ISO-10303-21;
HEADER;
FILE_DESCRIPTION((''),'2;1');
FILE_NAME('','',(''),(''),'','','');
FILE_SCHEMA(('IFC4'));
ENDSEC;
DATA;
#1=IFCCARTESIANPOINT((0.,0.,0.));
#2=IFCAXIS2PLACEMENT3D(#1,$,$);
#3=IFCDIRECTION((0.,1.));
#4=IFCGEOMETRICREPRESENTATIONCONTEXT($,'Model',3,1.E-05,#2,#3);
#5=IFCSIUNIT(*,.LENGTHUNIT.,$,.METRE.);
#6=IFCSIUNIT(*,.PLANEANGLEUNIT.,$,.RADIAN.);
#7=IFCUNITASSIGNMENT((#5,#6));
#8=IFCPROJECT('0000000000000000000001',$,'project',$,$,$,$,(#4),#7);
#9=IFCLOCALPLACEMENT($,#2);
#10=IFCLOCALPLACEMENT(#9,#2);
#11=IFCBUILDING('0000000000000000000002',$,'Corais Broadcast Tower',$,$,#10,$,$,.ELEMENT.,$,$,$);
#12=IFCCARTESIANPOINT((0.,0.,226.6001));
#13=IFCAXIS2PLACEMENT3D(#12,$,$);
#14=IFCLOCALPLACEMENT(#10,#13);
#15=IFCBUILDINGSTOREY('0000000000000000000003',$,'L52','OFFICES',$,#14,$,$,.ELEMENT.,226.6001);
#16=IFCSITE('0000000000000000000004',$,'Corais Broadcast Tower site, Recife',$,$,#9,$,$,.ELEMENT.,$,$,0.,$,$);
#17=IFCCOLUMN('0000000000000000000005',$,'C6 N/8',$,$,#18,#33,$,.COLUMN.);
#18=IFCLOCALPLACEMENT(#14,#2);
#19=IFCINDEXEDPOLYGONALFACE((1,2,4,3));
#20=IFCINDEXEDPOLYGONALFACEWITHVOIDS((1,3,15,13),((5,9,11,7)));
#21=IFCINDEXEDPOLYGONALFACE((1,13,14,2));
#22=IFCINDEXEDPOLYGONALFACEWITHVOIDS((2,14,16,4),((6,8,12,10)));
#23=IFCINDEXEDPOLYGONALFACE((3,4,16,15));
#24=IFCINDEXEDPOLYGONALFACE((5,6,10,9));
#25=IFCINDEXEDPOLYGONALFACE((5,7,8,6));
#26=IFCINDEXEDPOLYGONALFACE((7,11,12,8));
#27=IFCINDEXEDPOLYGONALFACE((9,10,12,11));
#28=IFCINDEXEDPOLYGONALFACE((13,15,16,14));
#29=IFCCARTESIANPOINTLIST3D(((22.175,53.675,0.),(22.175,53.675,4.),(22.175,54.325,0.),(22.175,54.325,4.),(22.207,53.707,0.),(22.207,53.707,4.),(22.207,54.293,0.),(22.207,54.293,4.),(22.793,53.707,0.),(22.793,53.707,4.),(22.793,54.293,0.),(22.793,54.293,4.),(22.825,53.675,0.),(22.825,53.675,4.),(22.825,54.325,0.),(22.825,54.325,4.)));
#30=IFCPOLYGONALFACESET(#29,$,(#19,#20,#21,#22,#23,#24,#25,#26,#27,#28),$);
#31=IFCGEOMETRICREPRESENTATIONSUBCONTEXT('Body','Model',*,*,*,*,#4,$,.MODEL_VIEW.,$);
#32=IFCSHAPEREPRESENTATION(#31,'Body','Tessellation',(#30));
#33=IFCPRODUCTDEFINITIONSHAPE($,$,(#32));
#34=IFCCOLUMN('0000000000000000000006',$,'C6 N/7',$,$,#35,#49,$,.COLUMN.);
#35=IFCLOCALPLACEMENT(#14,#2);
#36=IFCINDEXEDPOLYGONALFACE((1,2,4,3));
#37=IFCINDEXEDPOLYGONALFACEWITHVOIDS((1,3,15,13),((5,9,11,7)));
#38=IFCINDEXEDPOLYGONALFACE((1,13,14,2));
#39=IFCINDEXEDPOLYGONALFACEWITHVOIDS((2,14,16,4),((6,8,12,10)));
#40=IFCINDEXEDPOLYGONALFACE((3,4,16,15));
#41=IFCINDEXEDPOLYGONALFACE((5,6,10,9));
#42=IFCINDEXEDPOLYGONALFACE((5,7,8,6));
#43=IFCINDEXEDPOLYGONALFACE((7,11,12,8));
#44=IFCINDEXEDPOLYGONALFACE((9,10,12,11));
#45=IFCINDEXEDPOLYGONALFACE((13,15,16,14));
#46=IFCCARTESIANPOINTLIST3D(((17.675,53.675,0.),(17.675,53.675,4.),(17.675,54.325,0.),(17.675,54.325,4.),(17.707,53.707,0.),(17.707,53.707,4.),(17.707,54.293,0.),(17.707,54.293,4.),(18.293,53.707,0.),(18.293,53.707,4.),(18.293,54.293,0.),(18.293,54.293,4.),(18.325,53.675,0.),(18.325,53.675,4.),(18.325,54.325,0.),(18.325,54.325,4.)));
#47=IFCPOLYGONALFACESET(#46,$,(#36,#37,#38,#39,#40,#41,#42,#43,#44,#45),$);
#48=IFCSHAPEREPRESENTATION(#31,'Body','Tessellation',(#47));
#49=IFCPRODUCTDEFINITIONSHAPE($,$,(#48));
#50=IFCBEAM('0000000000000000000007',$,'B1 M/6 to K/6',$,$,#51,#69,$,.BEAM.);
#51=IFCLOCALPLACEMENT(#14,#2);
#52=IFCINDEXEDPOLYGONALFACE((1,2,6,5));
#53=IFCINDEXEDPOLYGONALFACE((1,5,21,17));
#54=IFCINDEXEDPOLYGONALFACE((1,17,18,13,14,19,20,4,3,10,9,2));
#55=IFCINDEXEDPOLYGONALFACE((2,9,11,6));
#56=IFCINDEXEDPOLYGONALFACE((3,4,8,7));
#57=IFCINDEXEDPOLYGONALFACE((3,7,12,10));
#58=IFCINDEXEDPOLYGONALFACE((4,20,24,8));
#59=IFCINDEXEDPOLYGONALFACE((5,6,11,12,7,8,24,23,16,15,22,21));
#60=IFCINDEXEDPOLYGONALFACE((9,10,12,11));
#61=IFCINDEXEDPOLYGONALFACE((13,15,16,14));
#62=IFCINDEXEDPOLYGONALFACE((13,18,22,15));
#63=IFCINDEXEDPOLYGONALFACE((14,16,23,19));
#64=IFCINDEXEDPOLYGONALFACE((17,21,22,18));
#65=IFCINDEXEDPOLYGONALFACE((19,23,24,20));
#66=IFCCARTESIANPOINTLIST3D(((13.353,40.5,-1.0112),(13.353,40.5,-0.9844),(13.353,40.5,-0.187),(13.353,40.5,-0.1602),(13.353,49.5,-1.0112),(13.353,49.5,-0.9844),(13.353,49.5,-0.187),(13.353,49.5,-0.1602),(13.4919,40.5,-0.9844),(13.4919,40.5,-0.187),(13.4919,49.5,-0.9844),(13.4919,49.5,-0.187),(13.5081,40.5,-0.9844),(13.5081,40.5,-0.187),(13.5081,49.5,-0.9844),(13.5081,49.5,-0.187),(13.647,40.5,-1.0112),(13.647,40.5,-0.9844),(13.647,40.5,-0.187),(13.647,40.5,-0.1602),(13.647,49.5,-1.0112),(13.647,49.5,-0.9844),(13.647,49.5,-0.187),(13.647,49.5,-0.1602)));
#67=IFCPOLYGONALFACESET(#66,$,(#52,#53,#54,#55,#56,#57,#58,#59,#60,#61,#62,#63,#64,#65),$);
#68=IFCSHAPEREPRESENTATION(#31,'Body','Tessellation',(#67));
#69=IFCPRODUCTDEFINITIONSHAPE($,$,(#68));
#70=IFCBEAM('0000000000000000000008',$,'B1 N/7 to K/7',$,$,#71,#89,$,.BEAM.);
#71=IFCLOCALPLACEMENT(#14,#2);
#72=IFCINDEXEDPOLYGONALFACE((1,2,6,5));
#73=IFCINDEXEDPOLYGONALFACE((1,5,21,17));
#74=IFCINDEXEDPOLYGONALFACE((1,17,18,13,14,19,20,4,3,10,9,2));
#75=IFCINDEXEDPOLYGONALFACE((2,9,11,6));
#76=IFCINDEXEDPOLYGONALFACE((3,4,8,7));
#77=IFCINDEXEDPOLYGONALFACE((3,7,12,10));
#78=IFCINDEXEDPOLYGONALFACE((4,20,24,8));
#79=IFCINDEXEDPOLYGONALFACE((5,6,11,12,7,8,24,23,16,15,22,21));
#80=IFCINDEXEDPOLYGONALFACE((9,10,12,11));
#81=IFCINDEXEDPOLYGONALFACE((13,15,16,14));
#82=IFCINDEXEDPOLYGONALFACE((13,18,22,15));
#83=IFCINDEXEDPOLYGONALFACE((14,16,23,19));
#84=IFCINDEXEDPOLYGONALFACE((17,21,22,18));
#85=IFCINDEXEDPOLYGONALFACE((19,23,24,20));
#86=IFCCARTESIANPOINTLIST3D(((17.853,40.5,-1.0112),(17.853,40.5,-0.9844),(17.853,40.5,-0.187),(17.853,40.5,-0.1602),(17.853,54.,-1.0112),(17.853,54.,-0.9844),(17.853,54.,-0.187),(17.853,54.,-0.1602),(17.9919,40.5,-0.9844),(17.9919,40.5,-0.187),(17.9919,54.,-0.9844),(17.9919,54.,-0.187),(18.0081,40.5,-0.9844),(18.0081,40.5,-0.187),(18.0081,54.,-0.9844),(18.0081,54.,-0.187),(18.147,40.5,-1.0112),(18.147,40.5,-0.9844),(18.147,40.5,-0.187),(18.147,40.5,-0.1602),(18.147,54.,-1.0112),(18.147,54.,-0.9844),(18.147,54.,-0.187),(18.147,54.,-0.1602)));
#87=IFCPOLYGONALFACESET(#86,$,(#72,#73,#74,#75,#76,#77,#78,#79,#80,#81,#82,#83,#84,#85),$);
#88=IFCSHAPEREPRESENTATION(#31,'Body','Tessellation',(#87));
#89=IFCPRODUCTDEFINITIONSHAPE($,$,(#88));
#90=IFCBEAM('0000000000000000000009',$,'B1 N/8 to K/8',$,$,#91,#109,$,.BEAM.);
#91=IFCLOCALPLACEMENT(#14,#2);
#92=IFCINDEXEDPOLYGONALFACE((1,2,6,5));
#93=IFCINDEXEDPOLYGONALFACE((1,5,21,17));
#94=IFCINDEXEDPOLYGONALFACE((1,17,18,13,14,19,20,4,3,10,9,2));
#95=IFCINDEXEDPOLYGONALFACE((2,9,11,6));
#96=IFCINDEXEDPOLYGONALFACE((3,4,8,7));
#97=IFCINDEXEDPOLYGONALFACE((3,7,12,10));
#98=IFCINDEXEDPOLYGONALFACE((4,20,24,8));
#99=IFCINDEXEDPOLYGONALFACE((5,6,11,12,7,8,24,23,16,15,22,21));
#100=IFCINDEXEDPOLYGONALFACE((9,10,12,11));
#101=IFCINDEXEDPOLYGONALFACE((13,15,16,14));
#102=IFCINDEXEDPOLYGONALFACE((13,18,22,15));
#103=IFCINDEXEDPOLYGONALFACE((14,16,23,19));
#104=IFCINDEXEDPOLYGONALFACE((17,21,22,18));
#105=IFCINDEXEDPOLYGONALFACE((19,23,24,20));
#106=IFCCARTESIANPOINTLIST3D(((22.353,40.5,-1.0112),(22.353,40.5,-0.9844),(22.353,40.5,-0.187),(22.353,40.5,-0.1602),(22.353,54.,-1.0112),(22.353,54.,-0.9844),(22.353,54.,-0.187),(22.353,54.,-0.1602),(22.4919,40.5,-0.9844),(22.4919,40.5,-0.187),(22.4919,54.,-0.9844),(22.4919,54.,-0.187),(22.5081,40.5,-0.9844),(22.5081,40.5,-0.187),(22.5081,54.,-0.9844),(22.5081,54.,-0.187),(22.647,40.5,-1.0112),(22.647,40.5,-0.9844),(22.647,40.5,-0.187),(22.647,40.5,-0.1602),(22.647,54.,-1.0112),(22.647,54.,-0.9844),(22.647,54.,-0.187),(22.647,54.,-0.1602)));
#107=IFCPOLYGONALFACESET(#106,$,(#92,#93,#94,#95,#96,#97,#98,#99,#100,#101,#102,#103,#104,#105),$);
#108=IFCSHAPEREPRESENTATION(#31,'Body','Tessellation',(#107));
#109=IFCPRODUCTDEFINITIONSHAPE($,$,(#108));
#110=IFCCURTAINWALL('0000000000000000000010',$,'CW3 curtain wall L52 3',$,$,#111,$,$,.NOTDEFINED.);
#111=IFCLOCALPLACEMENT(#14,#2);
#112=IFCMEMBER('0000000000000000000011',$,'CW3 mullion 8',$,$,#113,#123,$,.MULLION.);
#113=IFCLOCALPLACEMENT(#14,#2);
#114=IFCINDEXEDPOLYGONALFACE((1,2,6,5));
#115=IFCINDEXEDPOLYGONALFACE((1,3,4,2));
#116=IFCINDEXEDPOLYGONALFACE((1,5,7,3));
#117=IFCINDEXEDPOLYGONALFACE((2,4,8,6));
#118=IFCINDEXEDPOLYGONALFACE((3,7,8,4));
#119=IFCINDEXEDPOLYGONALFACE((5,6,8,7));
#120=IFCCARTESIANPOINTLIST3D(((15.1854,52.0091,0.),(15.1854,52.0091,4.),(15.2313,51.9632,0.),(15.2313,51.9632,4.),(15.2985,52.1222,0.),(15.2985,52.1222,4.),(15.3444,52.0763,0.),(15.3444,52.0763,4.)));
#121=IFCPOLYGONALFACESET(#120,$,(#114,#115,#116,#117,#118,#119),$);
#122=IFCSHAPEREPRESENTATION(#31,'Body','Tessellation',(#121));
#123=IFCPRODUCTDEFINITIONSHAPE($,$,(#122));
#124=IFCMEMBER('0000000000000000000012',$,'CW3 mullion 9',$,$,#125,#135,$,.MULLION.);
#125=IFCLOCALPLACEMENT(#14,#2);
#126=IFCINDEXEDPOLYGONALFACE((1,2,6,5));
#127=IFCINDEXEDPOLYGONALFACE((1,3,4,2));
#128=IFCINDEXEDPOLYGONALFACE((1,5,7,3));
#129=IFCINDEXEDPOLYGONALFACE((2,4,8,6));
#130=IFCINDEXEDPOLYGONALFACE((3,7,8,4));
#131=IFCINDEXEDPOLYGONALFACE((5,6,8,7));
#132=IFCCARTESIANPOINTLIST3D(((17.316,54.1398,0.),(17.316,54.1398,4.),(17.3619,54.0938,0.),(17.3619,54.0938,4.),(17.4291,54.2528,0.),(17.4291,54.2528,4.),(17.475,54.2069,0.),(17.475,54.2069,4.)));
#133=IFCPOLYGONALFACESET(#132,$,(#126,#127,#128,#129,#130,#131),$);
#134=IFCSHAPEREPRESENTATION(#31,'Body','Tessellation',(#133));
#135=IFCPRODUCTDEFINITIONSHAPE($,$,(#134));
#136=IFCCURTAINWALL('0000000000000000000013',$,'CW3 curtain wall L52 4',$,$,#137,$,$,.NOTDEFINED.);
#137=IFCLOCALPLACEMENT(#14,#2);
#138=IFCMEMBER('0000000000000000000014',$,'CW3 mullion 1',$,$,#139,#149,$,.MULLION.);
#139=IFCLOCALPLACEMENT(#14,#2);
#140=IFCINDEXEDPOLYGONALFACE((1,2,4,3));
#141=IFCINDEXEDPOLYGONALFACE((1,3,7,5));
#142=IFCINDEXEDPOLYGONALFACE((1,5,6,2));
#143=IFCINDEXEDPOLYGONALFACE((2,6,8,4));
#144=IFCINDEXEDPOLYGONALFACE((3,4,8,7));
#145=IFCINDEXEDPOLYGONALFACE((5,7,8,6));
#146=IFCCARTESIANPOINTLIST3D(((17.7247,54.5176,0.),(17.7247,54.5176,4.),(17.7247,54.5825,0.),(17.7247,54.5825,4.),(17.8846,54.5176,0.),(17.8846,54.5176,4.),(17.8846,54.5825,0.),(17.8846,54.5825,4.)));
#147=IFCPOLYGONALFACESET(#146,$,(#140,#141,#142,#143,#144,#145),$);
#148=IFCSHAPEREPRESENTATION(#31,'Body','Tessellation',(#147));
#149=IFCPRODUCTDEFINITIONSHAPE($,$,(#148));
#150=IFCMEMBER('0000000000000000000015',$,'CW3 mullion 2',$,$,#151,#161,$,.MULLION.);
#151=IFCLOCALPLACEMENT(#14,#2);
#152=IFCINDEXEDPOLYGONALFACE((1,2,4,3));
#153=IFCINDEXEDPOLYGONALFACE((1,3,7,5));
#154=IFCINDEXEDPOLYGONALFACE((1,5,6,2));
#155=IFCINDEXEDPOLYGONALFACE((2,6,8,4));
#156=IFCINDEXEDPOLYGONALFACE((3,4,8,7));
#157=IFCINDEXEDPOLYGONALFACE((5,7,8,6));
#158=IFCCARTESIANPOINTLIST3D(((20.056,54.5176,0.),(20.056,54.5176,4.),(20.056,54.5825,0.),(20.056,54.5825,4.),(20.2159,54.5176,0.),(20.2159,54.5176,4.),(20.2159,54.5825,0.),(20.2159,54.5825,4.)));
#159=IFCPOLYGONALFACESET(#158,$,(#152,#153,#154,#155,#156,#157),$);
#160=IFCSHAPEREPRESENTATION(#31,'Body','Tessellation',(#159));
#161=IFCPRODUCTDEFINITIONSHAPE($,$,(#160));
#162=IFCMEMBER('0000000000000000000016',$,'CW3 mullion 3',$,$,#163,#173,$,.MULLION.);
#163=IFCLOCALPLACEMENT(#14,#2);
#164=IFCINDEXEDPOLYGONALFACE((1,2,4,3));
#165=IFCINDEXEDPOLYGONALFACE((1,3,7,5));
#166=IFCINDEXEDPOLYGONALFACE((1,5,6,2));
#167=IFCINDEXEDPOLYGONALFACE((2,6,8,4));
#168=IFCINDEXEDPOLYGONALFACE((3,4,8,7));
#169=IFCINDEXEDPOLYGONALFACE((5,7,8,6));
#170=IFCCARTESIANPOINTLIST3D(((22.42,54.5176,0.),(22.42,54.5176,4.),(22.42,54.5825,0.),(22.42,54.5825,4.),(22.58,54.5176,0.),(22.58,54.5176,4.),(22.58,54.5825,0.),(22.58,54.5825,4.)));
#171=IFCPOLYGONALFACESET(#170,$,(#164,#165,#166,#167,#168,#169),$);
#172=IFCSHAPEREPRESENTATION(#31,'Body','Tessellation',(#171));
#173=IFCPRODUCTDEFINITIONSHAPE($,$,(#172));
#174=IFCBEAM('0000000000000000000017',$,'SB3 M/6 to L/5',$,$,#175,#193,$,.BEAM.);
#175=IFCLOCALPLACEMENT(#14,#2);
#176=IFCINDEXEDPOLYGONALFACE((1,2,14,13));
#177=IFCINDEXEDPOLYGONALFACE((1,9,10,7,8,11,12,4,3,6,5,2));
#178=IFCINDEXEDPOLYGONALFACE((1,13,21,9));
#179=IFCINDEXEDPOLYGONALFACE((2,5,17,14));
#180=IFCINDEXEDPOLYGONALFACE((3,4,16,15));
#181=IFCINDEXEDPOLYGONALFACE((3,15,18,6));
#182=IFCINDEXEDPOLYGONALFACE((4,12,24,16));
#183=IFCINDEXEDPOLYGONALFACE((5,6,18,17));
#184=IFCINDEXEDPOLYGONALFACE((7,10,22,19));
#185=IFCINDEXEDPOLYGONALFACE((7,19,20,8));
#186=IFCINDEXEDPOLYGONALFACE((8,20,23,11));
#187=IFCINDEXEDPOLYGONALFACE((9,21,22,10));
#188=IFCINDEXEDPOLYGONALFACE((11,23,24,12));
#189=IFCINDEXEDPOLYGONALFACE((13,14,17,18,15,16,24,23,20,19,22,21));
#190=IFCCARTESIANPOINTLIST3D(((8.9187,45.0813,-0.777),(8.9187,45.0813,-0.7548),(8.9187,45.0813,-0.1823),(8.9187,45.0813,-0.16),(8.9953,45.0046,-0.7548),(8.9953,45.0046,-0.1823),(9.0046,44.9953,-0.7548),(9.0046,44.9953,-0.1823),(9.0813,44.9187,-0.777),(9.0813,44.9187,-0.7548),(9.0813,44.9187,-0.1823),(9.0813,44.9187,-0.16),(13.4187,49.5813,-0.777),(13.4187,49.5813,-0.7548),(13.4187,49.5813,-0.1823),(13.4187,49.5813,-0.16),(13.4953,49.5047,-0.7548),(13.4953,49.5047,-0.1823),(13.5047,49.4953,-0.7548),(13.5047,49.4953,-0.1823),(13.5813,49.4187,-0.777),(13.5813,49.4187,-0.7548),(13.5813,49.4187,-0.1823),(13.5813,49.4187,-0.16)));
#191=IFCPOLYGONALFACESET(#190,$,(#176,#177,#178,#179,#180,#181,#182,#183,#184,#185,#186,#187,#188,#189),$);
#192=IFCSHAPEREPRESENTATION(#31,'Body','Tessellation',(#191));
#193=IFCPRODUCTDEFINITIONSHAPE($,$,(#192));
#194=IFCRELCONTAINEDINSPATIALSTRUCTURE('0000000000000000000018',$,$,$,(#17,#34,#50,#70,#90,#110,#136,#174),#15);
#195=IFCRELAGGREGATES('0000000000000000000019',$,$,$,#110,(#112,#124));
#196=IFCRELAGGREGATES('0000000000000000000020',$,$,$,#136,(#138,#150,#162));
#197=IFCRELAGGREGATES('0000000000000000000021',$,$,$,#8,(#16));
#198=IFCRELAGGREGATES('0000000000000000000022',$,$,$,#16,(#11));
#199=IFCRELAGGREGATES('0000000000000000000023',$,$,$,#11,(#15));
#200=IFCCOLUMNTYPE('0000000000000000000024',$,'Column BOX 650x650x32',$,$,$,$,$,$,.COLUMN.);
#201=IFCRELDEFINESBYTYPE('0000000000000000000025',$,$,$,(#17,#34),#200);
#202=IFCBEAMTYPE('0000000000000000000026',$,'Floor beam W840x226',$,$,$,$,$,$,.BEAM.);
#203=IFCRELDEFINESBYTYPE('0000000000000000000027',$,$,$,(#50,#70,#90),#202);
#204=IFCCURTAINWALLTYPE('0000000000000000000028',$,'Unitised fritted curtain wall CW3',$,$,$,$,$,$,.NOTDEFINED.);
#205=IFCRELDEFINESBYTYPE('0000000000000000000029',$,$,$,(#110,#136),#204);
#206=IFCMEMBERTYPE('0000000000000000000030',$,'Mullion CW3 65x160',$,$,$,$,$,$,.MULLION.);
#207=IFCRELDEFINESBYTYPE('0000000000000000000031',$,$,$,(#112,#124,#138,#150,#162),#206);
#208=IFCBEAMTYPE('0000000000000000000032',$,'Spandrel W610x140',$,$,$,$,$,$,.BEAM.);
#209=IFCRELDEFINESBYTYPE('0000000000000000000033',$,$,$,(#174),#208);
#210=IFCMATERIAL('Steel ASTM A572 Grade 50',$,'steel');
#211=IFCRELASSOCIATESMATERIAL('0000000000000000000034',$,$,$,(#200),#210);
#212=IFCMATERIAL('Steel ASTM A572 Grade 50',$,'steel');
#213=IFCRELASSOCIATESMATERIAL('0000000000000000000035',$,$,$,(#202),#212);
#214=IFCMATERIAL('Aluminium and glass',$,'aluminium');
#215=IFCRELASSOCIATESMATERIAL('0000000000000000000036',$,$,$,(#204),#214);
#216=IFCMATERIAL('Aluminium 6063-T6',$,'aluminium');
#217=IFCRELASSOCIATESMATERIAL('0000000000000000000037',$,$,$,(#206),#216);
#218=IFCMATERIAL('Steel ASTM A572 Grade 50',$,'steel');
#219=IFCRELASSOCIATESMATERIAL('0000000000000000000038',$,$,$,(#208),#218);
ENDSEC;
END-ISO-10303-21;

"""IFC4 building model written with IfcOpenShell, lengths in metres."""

from ifc_helpers import new_model, si_unit, direction, frame, origin, origin_2d, place, context, subcontext, project, spatial, rectangle, hollow_rectangle, i_section, extrude, material, material_profile, profile_set, type_object, element, aggregate, save


model = new_model("IFC4")

# Units and contexts
model_context = context("Model", 3, precision=1e-05, world=origin(), true_north=direction((0.0, 1.0)))
body_context = subcontext(model_context, "Body", "Model", "MODEL_VIEW")
ifc_project = project(units=[si_unit("LENGTHUNIT", "METRE"), si_unit("PLANEANGLEUNIT", "RADIAN")], contexts=[model_context])

# Site, building, storey
site_placement = place(None, origin())
site = spatial("IfcSite", under=ifc_project, at=site_placement, Name="Corais Broadcast Tower site, Recife", CompositionType="ELEMENT", RefElevation=0.0)
building_placement = place(site_placement, origin())
building = spatial("IfcBuilding", under=site, at=building_placement, Name="Corais Broadcast Tower", CompositionType="ELEMENT")
storey_placement = place(building_placement, frame((0.0, 0.0, 226.6001)))
storey = spatial("IfcBuildingStorey", under=building, at=storey_placement, Name="L52", Description="OFFICES", CompositionType="ELEMENT", Elevation=226.6001)

# Columns
ifc_material_1 = material(Name="Steel ASTM A572 Grade 50", Category="steel")
ifc_material_profile_1 = material_profile(ifc_material_1, hollow_rectangle(XDim=0.6499, YDim=0.6499, WallThickness=0.032, at=origin_2d()), Name="BOX 650x650x32")
ifc_profile_set_1 = profile_set([ifc_material_profile_1], Name="Steel ASTM A572 Grade 50")
column_type = type_object("IfcColumnType", Name="Column BOX 650x650x32", PredefinedType="COLUMN", material=ifc_profile_set_1)
for number, where, z_axis, x_axis, name in (
    (1, (22.5, 54.0, 0.0), (0.0, 0.0, 1.0), (1.0, 0.0, 0.0), "C6 N/8"),
    (2, (18.0, 54.0, 0.0), (0.0, 0.0, 1.0), (1.0, 0.0, 0.0), "C6 N/7"),
):
    element("IfcColumn", number, at=place(storey_placement, frame(where, z_axis=z_axis, x_axis=x_axis)), inside=storey, type_object=column_type, Name=name, PredefinedType="COLUMN", context=body_context, shape_type="SweptSolid", body=[
        extrude(hollow_rectangle(XDim=0.6499, YDim=0.6499, WallThickness=0.032, at=origin_2d()), origin(), (0.0, 0.0, 1.0), 4.0),
    ])

# Beams
ifc_material_2 = material(Name="Steel ASTM A572 Grade 50", Category="steel")
ifc_material_profile_2 = material_profile(ifc_material_2, i_section(OverallWidth=0.2939, OverallDepth=0.8511, WebThickness=0.0161, FlangeThickness=0.0269, at=origin_2d()), Name="W840x226")
ifc_profile_set_2 = profile_set([ifc_material_profile_2], Name="Steel ASTM A572 Grade 50")
beam_type_1 = type_object("IfcBeamType", Name="Floor beam W840x226", PredefinedType="BEAM", material=ifc_profile_set_2)
beam_1_placement = place(storey_placement, frame((13.5, 49.5, -0.5857), z_axis=(0.0, -1.0, 0.0), x_axis=(1.0, 0.0, 0.0)))
element("IfcBeam", 3, at=beam_1_placement, inside=storey, type_object=beam_type_1, Name="B1 M/6 to K/6", PredefinedType="BEAM", context=body_context, shape_type="SweptSolid", body=[
    extrude(i_section(OverallWidth=0.2939, OverallDepth=0.8511, WebThickness=0.0161, FlangeThickness=0.0269, at=origin_2d()), origin(), (0.0, 0.0, 1.0), 9.0),
])
for number, where, z_axis, x_axis, name in (
    (4, (18.0, 54.0, -0.5857), (0.0, -1.0, 0.0), (1.0, 0.0, 0.0), "B1 N/7 to K/7"),
    (5, (22.5, 54.0, -0.5857), (0.0, -1.0, 0.0), (1.0, 0.0, 0.0), "B1 N/8 to K/8"),
):
    element("IfcBeam", number, at=place(storey_placement, frame(where, z_axis=z_axis, x_axis=x_axis)), inside=storey, type_object=beam_type_1, Name=name, PredefinedType="BEAM", context=body_context, shape_type="SweptSolid", body=[
        extrude(i_section(OverallWidth=0.2939, OverallDepth=0.8511, WebThickness=0.0161, FlangeThickness=0.0269, at=origin_2d()), origin(), (0.0, 0.0, 1.0), 13.5),
    ])

# Curtain walls, members
ifc_material_3 = material(Name="Aluminium and glass", Category="aluminium")
curtain_wall_type = type_object("IfcCurtainWallType", Name="Unitised fritted curtain wall CW3", PredefinedType="NOTDEFINED", material=ifc_material_3)
curtain_wall_1_placement = place(storey_placement, origin())
curtain_wall_1 = element("IfcCurtainWall", 6, at=curtain_wall_1_placement, inside=storey, type_object=curtain_wall_type, Name="CW3 curtain wall L52 3", PredefinedType="NOTDEFINED")
ifc_material_4 = material(Name="Aluminium 6063-T6", Category="aluminium")
ifc_material_profile_3 = material_profile(ifc_material_4, rectangle(XDim=0.0649, YDim=0.1599, at=origin_2d()), Name="Mullion CW3 65x160")
ifc_profile_set_3 = profile_set([ifc_material_profile_3], Name="Aluminium 6063-T6")
member_type_1 = type_object("IfcMemberType", Name="Mullion CW3 65x160", PredefinedType="MULLION", material=ifc_profile_set_3)
member_1_placement = place(storey_placement, frame((15.2649, 52.0427, 0.0), z_axis=(0.0, 0.0, 1.0), x_axis=(-0.707107, 0.707107, 0.0)))
member_1 = element("IfcMember", 7, at=member_1_placement, type_object=member_type_1, Name="CW3 mullion 8", PredefinedType="MULLION", context=body_context, shape_type="SweptSolid", body=[
    extrude(rectangle(XDim=0.0649, YDim=0.1599, at=origin_2d()), origin(), (0.0, 0.0, 1.0), 4.0),
])
member_2_placement = place(storey_placement, frame((17.3955, 54.1733, 0.0), z_axis=(0.0, 0.0, 1.0), x_axis=(-0.707107, 0.707107, 0.0)))
member_2 = element("IfcMember", 8, at=member_2_placement, type_object=member_type_1, Name="CW3 mullion 9", PredefinedType="MULLION", context=body_context, shape_type="SweptSolid", body=[
    extrude(rectangle(XDim=0.0649, YDim=0.1599, at=origin_2d()), origin(), (0.0, 0.0, 1.0), 4.0),
])
curtain_wall_2_placement = place(storey_placement, origin())
curtain_wall_2 = element("IfcCurtainWall", 9, at=curtain_wall_2_placement, inside=storey, type_object=curtain_wall_type, Name="CW3 curtain wall L52 4", PredefinedType="NOTDEFINED")
member_3_placement = place(storey_placement, frame((17.8047, 54.55, 0.0), z_axis=(0.0, 0.0, 1.0), x_axis=(0.0, 1.0, 0.0)))
member_3 = element("IfcMember", 10, at=member_3_placement, type_object=member_type_1, Name="CW3 mullion 1", PredefinedType="MULLION", context=body_context, shape_type="SweptSolid", body=[
    extrude(rectangle(XDim=0.0649, YDim=0.1599, at=origin_2d()), origin(), (0.0, 0.0, 1.0), 4.0),
])
member_4_placement = place(storey_placement, frame((20.136, 54.55, 0.0), z_axis=(0.0, 0.0, 1.0), x_axis=(0.0, 1.0, 0.0)))
member_4 = element("IfcMember", 11, at=member_4_placement, type_object=member_type_1, Name="CW3 mullion 2", PredefinedType="MULLION", context=body_context, shape_type="SweptSolid", body=[
    extrude(rectangle(XDim=0.0649, YDim=0.1599, at=origin_2d()), origin(), (0.0, 0.0, 1.0), 4.0),
])
member_5_placement = place(storey_placement, frame((22.5, 54.55, 0.0), z_axis=(0.0, 0.0, 1.0), x_axis=(0.0, 1.0, 0.0)))
member_5 = element("IfcMember", 12, at=member_5_placement, type_object=member_type_1, Name="CW3 mullion 3", PredefinedType="MULLION", context=body_context, shape_type="SweptSolid", body=[
    extrude(rectangle(XDim=0.0649, YDim=0.1599, at=origin_2d()), origin(), (0.0, 0.0, 1.0), 4.0),
])

# Beam
ifc_material_5 = material(Name="Steel ASTM A572 Grade 50", Category="steel")
ifc_material_profile_4 = material_profile(ifc_material_5, i_section(OverallWidth=0.23, OverallDepth=0.6169, WebThickness=0.0132, FlangeThickness=0.0222, at=origin_2d()), Name="W610x140")
ifc_profile_set_4 = profile_set([ifc_material_profile_4], Name="Steel ASTM A572 Grade 50")
beam_type_2 = type_object("IfcBeamType", Name="Spandrel W610x140", PredefinedType="BEAM", material=ifc_profile_set_4)
for number, where, z_axis, x_axis, name in (
    (13, (13.5, 49.5, -0.4685), (-0.707107, -0.707107, 0.0), (0.707107, -0.707107, 0.0), "SB3 M/6 to L/5"),
):
    element("IfcBeam", number, at=place(storey_placement, frame(where, z_axis=z_axis, x_axis=x_axis)), inside=storey, type_object=beam_type_2, Name=name, PredefinedType="BEAM", context=body_context, shape_type="SweptSolid", body=[
        extrude(i_section(OverallWidth=0.23, OverallDepth=0.6169, WebThickness=0.0132, FlangeThickness=0.0222, at=origin_2d()), origin(), (0.0, 0.0, 1.0), 6.364),
    ])

aggregate(curtain_wall_1, [member_1, member_2])
aggregate(curtain_wall_2, [member_3, member_4, member_5])

save(model, "model.ifc")
